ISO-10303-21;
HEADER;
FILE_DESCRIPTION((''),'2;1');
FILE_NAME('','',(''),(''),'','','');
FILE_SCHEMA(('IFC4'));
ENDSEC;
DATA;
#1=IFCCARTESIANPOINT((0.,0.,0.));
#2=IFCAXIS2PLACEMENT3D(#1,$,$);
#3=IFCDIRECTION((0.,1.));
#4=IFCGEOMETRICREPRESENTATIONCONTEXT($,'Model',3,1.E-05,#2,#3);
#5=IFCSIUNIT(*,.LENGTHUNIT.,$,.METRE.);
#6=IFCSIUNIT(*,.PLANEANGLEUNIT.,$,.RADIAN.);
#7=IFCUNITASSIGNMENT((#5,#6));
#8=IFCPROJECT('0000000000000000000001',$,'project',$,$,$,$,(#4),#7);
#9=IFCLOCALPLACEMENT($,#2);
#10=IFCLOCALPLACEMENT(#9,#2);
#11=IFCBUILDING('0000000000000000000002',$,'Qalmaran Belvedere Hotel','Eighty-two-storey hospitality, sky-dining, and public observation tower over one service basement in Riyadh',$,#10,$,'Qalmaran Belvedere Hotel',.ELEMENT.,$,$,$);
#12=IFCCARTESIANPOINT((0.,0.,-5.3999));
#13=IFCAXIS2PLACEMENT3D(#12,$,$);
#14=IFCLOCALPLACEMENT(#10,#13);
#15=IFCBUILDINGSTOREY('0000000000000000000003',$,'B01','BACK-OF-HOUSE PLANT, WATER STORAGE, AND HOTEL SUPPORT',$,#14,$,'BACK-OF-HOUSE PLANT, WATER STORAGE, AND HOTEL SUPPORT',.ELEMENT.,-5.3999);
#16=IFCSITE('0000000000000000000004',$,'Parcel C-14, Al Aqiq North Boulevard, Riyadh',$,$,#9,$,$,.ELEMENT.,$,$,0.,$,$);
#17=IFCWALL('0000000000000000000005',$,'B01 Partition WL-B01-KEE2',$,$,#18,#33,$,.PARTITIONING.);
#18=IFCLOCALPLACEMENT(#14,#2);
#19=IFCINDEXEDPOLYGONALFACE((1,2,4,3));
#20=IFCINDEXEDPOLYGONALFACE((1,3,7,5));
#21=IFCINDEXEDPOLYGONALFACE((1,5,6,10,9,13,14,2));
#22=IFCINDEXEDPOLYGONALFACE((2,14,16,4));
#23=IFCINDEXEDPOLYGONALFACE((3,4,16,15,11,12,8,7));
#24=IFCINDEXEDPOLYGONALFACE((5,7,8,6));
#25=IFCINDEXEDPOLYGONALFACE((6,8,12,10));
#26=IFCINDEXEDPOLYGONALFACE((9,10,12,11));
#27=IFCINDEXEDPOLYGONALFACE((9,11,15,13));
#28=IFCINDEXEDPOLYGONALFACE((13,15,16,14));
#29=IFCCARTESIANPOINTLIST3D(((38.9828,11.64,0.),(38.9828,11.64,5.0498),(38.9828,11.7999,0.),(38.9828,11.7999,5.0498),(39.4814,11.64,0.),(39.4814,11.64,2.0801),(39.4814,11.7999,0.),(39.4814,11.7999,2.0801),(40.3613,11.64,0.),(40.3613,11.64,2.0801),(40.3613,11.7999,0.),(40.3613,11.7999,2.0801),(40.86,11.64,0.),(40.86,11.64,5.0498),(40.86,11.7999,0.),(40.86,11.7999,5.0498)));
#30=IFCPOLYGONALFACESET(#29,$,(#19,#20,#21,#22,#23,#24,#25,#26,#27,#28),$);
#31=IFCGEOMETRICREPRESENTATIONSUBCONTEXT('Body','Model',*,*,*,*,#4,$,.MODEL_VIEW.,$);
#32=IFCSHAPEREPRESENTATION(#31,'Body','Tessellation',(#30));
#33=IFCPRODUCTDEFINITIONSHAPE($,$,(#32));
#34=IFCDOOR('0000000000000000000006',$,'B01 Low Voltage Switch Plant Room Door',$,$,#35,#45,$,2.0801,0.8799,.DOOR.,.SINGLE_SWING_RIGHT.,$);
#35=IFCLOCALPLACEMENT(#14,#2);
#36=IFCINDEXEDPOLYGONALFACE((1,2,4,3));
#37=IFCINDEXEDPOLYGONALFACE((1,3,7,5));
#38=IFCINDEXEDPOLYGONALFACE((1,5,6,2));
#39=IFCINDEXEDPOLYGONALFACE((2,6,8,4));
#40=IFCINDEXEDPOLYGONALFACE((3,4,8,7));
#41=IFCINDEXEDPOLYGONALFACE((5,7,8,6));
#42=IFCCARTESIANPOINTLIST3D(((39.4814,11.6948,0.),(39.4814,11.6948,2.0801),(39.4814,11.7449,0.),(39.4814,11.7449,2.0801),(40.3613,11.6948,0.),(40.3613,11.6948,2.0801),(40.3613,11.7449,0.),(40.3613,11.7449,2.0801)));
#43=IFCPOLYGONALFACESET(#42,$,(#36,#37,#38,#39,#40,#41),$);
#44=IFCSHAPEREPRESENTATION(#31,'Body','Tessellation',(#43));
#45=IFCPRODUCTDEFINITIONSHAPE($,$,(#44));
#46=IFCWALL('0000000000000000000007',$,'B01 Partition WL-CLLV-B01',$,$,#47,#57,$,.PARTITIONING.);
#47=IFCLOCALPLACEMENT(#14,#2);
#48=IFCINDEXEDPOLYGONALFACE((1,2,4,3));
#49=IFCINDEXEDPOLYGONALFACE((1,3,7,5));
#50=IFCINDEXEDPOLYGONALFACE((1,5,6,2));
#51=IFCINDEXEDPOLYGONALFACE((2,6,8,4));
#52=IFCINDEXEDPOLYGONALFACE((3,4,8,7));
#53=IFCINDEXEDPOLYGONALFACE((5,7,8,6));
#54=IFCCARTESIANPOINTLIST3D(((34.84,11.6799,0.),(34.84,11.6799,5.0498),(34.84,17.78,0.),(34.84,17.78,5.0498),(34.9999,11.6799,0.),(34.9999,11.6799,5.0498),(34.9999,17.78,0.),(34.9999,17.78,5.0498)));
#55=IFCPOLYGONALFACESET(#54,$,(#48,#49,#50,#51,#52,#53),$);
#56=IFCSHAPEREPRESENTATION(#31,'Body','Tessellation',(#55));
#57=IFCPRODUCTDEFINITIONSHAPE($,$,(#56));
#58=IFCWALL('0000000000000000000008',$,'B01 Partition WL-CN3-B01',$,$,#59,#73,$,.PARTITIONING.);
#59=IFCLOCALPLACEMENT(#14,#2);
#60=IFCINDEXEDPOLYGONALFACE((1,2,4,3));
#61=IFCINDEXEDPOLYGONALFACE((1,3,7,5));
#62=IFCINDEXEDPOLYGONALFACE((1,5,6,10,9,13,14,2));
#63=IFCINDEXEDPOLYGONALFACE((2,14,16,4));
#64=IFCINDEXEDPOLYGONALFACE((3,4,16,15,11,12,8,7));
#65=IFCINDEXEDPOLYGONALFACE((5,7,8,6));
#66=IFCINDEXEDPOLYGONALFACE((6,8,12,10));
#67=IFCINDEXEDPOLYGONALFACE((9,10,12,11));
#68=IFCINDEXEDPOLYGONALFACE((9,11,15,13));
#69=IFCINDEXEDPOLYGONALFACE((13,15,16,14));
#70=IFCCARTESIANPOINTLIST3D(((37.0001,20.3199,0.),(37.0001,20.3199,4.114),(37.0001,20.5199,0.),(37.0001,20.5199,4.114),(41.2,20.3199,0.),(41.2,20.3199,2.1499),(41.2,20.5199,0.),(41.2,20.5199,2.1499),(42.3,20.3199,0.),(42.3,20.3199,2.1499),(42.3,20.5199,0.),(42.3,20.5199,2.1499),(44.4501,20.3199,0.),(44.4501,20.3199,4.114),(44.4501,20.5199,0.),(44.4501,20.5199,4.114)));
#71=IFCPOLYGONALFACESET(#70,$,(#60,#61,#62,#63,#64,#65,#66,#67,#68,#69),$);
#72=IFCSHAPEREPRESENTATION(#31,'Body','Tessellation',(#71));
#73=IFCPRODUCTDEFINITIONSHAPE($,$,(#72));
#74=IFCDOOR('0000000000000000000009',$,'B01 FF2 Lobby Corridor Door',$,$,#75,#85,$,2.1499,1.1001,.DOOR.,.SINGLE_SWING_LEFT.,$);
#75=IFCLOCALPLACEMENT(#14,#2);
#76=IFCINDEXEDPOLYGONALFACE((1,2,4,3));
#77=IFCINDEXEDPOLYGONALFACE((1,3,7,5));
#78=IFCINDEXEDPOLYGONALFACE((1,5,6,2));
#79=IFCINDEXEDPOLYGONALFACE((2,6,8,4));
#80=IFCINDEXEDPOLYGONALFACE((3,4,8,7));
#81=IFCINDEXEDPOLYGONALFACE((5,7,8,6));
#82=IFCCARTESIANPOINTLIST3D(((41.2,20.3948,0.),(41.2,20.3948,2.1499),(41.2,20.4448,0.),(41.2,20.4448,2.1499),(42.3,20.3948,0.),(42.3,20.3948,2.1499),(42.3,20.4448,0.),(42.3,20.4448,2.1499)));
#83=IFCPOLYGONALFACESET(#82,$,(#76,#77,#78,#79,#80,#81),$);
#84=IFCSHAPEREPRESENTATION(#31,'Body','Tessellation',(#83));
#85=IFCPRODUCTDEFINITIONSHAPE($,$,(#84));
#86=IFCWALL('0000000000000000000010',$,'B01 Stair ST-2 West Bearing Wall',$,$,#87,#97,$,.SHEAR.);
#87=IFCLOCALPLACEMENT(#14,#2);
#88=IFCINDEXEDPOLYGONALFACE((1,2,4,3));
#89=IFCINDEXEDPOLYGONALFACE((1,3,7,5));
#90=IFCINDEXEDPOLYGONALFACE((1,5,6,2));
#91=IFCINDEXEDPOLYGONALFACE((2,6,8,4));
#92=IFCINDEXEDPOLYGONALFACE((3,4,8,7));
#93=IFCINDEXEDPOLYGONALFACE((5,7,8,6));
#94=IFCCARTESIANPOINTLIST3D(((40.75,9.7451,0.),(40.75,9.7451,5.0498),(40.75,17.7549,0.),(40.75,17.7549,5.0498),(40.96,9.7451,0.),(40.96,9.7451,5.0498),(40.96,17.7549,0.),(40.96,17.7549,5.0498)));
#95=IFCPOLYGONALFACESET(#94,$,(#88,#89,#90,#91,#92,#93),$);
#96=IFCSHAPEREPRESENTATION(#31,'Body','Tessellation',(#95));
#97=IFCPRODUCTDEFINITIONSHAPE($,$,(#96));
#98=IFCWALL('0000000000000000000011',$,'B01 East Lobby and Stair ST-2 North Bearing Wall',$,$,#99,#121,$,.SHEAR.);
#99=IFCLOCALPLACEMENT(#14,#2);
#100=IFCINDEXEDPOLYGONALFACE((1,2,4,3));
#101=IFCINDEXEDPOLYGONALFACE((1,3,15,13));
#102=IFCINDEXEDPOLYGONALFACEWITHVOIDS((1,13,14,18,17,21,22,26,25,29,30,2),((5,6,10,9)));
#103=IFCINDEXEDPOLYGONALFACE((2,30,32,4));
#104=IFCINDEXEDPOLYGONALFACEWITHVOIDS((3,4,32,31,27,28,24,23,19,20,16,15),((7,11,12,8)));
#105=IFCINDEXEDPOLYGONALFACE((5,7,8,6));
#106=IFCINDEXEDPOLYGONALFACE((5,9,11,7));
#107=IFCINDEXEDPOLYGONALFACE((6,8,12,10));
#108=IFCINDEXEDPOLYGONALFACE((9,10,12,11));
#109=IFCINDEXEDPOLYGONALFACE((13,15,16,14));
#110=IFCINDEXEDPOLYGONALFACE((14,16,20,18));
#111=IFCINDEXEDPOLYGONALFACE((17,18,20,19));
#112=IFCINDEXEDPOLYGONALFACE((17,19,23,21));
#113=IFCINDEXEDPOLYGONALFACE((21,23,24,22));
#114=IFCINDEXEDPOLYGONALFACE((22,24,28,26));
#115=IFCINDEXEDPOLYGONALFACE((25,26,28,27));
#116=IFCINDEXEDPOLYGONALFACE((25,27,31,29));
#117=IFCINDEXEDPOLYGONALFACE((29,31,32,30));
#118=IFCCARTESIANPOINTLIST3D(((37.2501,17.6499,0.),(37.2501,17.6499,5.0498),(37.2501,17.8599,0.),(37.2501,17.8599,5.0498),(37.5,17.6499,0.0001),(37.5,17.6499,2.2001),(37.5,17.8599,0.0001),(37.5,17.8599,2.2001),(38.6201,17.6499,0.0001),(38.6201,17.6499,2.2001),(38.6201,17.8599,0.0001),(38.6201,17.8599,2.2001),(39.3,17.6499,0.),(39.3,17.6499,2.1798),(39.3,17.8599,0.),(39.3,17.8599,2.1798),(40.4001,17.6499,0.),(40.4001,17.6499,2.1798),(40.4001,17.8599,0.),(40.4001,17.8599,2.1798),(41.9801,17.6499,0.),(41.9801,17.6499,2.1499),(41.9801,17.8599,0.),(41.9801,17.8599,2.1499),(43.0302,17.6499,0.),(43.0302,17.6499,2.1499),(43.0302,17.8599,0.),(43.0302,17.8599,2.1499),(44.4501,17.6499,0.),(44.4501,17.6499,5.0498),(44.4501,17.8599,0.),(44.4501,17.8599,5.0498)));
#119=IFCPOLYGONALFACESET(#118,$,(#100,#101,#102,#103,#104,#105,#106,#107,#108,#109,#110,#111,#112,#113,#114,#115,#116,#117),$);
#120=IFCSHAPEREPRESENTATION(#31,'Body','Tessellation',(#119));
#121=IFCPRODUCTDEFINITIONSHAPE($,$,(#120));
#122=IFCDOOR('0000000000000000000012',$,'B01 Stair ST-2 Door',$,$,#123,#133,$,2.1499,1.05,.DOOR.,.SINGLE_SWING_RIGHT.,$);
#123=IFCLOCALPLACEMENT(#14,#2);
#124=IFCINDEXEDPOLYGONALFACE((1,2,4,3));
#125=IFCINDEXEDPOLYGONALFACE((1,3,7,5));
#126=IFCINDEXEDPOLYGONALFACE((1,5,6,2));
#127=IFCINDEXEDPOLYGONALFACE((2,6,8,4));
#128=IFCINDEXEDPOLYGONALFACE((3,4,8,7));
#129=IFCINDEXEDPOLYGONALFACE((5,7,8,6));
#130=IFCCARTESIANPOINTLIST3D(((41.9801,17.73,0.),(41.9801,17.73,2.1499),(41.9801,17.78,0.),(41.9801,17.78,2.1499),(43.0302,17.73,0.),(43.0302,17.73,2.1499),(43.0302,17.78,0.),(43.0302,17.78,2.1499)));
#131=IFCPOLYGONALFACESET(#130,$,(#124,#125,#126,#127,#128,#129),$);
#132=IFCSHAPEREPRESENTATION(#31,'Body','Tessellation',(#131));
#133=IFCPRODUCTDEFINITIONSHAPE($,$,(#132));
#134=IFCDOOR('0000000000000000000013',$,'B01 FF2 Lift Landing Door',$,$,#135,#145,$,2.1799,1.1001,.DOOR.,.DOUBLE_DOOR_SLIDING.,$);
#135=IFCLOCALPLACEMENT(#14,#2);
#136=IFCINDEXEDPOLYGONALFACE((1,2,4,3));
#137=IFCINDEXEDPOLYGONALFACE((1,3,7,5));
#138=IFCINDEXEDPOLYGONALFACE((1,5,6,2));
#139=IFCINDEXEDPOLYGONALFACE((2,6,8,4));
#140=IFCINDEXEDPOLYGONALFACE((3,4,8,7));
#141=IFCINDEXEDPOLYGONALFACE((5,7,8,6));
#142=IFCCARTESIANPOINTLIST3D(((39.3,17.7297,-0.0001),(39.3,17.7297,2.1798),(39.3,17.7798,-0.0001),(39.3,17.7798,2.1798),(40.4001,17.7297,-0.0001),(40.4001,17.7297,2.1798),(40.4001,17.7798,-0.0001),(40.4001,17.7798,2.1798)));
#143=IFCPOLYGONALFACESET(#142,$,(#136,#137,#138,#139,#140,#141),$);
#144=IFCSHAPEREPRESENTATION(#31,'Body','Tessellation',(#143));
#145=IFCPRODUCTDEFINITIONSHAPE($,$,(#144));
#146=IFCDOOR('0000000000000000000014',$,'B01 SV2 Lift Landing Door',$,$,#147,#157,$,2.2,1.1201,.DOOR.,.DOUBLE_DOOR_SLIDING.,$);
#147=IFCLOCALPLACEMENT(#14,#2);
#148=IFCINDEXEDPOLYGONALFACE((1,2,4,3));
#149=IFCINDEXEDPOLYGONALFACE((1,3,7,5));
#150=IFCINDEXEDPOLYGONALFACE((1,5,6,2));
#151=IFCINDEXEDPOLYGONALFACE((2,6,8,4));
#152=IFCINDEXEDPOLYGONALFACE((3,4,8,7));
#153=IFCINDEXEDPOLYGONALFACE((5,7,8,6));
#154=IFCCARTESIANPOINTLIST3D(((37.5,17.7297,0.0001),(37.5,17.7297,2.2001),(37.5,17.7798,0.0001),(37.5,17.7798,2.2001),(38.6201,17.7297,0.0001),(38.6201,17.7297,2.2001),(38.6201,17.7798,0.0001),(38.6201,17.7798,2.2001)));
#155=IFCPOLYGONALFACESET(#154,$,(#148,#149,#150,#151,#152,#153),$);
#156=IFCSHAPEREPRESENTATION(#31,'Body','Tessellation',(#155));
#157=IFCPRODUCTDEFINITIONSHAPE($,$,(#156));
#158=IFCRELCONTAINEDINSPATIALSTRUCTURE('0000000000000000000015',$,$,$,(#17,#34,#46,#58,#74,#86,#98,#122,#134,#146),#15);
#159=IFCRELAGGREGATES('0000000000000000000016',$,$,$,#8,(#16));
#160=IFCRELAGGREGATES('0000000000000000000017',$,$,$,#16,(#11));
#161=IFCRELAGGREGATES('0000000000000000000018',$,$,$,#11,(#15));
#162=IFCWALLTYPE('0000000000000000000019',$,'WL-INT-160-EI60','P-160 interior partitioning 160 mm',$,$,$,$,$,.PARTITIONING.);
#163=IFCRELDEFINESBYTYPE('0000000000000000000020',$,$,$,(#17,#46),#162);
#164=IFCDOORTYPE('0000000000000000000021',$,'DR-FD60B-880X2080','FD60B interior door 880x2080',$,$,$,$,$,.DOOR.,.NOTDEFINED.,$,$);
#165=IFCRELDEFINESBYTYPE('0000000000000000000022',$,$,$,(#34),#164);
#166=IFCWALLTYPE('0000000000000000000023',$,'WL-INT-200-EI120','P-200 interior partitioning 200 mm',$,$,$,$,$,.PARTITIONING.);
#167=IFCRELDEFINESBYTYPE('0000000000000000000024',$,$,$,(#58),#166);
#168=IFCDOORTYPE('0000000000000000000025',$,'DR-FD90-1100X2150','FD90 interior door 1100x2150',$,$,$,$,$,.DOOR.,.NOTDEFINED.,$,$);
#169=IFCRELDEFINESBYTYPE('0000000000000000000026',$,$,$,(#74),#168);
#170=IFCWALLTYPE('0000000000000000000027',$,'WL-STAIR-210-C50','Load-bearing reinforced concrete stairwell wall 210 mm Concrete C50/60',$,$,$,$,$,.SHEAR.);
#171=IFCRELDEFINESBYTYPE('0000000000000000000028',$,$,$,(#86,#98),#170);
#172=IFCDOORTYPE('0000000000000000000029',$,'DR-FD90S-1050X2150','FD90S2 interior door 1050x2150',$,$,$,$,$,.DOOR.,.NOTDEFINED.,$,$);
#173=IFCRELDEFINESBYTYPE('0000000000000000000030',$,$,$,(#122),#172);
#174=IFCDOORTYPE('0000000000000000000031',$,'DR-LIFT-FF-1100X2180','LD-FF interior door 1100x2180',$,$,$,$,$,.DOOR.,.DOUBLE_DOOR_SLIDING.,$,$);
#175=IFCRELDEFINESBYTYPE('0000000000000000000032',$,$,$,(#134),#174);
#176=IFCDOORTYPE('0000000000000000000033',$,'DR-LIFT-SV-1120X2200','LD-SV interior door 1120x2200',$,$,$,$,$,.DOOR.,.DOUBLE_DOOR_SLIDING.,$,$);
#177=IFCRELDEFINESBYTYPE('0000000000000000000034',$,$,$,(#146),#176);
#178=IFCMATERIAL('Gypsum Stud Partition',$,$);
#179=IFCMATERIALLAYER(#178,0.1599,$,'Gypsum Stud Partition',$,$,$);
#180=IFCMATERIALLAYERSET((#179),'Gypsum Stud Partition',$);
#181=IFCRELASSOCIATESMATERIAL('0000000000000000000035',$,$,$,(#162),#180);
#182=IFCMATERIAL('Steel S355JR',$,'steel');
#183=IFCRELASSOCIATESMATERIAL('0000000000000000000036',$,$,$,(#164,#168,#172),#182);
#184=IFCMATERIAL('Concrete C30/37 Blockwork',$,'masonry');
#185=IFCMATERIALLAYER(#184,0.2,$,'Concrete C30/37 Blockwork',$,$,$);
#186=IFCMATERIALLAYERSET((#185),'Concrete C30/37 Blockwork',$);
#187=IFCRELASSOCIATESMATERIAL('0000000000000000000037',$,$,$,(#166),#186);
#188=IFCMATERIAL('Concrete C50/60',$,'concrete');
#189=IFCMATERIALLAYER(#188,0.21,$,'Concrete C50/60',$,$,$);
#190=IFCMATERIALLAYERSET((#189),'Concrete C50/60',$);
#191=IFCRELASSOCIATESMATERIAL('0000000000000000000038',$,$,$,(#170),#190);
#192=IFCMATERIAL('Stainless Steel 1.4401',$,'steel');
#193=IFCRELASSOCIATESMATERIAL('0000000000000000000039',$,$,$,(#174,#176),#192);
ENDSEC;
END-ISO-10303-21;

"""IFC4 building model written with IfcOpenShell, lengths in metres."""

from ifc_helpers import new_model, si_unit, direction, frame, frame_2d, origin, place, context, subcontext, project, spatial, rectangle, extrude, material, layer, layer_set, type_object, element, fill, save


model = new_model("IFC4")

# Units and contexts
model_context = context("Model", 3, precision=1e-05, world=origin(), true_north=direction((0.0, 1.0)))
body_context = subcontext(model_context, "Body", "Model", "MODEL_VIEW")
ifc_project = project(units=[si_unit("LENGTHUNIT", "METRE"), si_unit("PLANEANGLEUNIT", "RADIAN")], contexts=[model_context])

# Site, building, storey
site_placement = place(None, origin())
site = spatial("IfcSite", under=ifc_project, at=site_placement, Name="Parcel C-14, Al Aqiq North Boulevard, Riyadh", CompositionType="ELEMENT", RefElevation=0.0)
building_placement = place(site_placement, origin())
building = spatial("IfcBuilding", under=site, at=building_placement, Name="Qalmaran Belvedere Hotel", Description="Eighty-two-storey hospitality, sky-dining, and public observation tower over one service basement in Riyadh", LongName="Qalmaran Belvedere Hotel", CompositionType="ELEMENT")
storey_placement = place(building_placement, frame((0.0, 0.0, -5.3999)))
storey = spatial("IfcBuildingStorey", under=building, at=storey_placement, Name="B01", Description="BACK-OF-HOUSE PLANT, WATER STORAGE, AND HOTEL SUPPORT", LongName="BACK-OF-HOUSE PLANT, WATER STORAGE, AND HOTEL SUPPORT", CompositionType="ELEMENT", Elevation=-5.3999)

# Shared definitions
ifc_material_1 = material(Name="Concrete C50/60", Category="concrete")

# Shared definitions
ifc_material_2 = material(Name="Gypsum Stud Partition")

# Wall, opening, door
ifc_layer_1 = layer(ifc_material_2, 0.1599, Name="Gypsum Stud Partition")
ifc_layer_set_1 = layer_set([ifc_layer_1], Name="Gypsum Stud Partition")
wall_type_1 = type_object("IfcWallType", Name="WL-INT-160-EI60", Description="P-160 interior partitioning 160 mm", PredefinedType="PARTITIONING", material=ifc_layer_set_1)
ifc_material_3 = material(Name="Steel S355JR", Category="steel")
door_type_1 = type_object("IfcDoorType", Name="DR-FD60B-880X2080", Description="FD60B interior door 880x2080", OperationType="NOTDEFINED", PredefinedType="DOOR", material=ifc_material_3)
wall_1_placement = place(storey_placement, frame((38.9829, 11.72, 0.0), z_axis=(0.0, 0.0, 1.0), x_axis=(1.0, 0.0, 0.0)))
wall_1 = element("IfcWall", 1, at=wall_1_placement, inside=storey, type_object=wall_type_1, Name="B01 Partition WL-B01-KEE2", PredefinedType="PARTITIONING", context=body_context, shape_type="SweptSolid", body=[
    extrude(rectangle(XDim=1.8772, YDim=0.1599, at=frame_2d((0.9385, 0.0))), origin(), (0.0, 0.0, 1.0), 5.0498),
])
opening_1_placement = place(wall_1_placement, frame((0.4985, 0.0, 0.0)))
opening_1 = element("IfcOpeningElement", 2, at=opening_1_placement, cuts=wall_1, PredefinedType="OPENING", context=body_context, shape_type="SweptSolid", body=[
    extrude(rectangle(XDim=0.8799, YDim=2.0801, at=frame_2d((0.4399, 1.04))), frame((0.0, 0.0898, 0.0), z_axis=(0.0, -1.0, 0.0), x_axis=(1.0, 0.0, 0.0)), (0.0, 0.0, 1.0), 0.1799),
])
door_1_placement = place(opening_1_placement, origin())
door_1 = element("IfcDoor", 3, at=door_1_placement, inside=storey, type_object=door_type_1, Name="B01 Low Voltage Switch Plant Room Door", OperationType="SINGLE_SWING_RIGHT", OverallHeight=2.0801, OverallWidth=0.8799, PredefinedType="DOOR", context=body_context, shape_type="SweptSolid", body=[
    extrude(rectangle(XDim=0.8799, YDim=2.0801, at=frame_2d((0.4399, 1.04))), frame((0.0, 0.0249, 0.0), z_axis=(0.0, -1.0, 0.0), x_axis=(1.0, 0.0, 0.0)), (0.0, 0.0, 1.0), 0.05),
])
fill(opening_1, door_1)

# Wall
wall_2_placement = place(storey_placement, frame((34.9199, 11.6799, 0.0), z_axis=(0.0, 0.0, 1.0), x_axis=(0.0, 1.0, 0.0)))
element("IfcWall", 4, at=wall_2_placement, inside=storey, type_object=wall_type_1, Name="B01 Partition WL-CLLV-B01", PredefinedType="PARTITIONING", context=body_context, shape_type="SweptSolid", body=[
    extrude(rectangle(XDim=6.1001, YDim=0.1599, at=frame_2d((3.05, 0.0))), origin(), (0.0, 0.0, 1.0), 5.0498),
])

# Wall, opening, door
ifc_material_4 = material(Name="Concrete C30/37 Blockwork", Category="masonry")
ifc_layer_2 = layer(ifc_material_4, 0.2, Name="Concrete C30/37 Blockwork")
ifc_layer_set_2 = layer_set([ifc_layer_2], Name="Concrete C30/37 Blockwork")
wall_type_2 = type_object("IfcWallType", Name="WL-INT-200-EI120", Description="P-200 interior partitioning 200 mm", PredefinedType="PARTITIONING", material=ifc_layer_set_2)
wall_3_placement = place(storey_placement, frame((37.0, 20.4199, 0.0), z_axis=(0.0, 0.0, 1.0), x_axis=(1.0, 0.0, 0.0)))
wall_3 = element("IfcWall", 5, at=wall_3_placement, inside=storey, type_object=wall_type_2, Name="B01 Partition WL-CN3-B01", PredefinedType="PARTITIONING", context=body_context, shape_type="SweptSolid", body=[
    extrude(rectangle(XDim=7.45, YDim=0.2, at=frame_2d((3.7251, 0.0))), origin(), (0.0, 0.0, 1.0), 4.114),
])
opening_2_placement = place(wall_3_placement, frame((4.2, 0.0, 0.0)))
opening_2 = element("IfcOpeningElement", 6, at=opening_2_placement, cuts=wall_3, PredefinedType="OPENING", context=body_context, shape_type="SweptSolid", body=[
    extrude(rectangle(XDim=1.1001, YDim=2.1499, at=frame_2d((0.55, 1.075))), frame((0.0, 0.1099, 0.0), z_axis=(0.0, -1.0, 0.0), x_axis=(1.0, 0.0, 0.0)), (0.0, 0.0, 1.0), 0.22),
])
door_type_2 = type_object("IfcDoorType", Name="DR-FD90-1100X2150", Description="FD90 interior door 1100x2150", OperationType="NOTDEFINED", PredefinedType="DOOR", material=ifc_material_3)
door_2_placement = place(opening_2_placement, origin())
door_2 = element("IfcDoor", 7, at=door_2_placement, inside=storey, type_object=door_type_2, Name="B01 FF2 Lobby Corridor Door", OperationType="SINGLE_SWING_LEFT", OverallHeight=2.1499, OverallWidth=1.1001, PredefinedType="DOOR", context=body_context, shape_type="SweptSolid", body=[
    extrude(rectangle(XDim=1.1001, YDim=2.1499, at=frame_2d((0.55, 1.075))), frame((0.0, 0.0249, 0.0), z_axis=(0.0, -1.0, 0.0), x_axis=(1.0, 0.0, 0.0)), (0.0, 0.0, 1.0), 0.05),
])
fill(opening_2, door_2)

# Wall
ifc_layer_3 = layer(ifc_material_1, 0.21, Name="Concrete C50/60")
ifc_layer_set_3 = layer_set([ifc_layer_3], Name="Concrete C50/60")
wall_type_3 = type_object("IfcWallType", Name="WL-STAIR-210-C50", Description="Load-bearing reinforced concrete stairwell wall 210 mm Concrete C50/60", PredefinedType="SHEAR", material=ifc_layer_set_3)
wall_4_placement = place(storey_placement, frame((40.855, 9.7451, 0.0), z_axis=(0.0, 0.0, 1.0), x_axis=(0.0, 1.0, 0.0)))
element("IfcWall", 8, at=wall_4_placement, inside=storey, type_object=wall_type_3, Name="B01 Stair ST-2 West Bearing Wall", PredefinedType="SHEAR", context=body_context, shape_type="SweptSolid", body=[
    extrude(rectangle(XDim=8.0098, YDim=0.21, at=frame_2d((4.0049, 0.0))), origin(), (0.0, 0.0, 1.0), 5.0498),
])

# Wall, openings, doors
wall_5_placement = place(storey_placement, frame((37.25, 17.7549, 0.0), z_axis=(0.0, 0.0, 1.0), x_axis=(1.0, 0.0, 0.0)))
wall_5 = element("IfcWall", 9, at=wall_5_placement, inside=storey, type_object=wall_type_3, Name="B01 East Lobby and Stair ST-2 North Bearing Wall", PredefinedType="SHEAR", context=body_context, shape_type="SweptSolid", body=[
    extrude(rectangle(XDim=7.2, YDim=0.21, at=frame_2d((3.6001, 0.0))), origin(), (0.0, 0.0, 1.0), 5.0498),
])
opening_3_placement = place(wall_5_placement, frame((0.25, 0.0, 0.0)))
opening_3 = element("IfcOpeningElement", 10, at=opening_3_placement, cuts=wall_5, PredefinedType="OPENING", context=body_context, shape_type="SweptSolid", body=[
    extrude(rectangle(XDim=1.1201, YDim=2.2, at=frame_2d((0.5601, 1.1001))), frame((0.0, 0.115, 0.0), z_axis=(0.0, -1.0, 0.0), x_axis=(1.0, 0.0, 0.0)), (0.0, 0.0, 1.0), 0.23),
])
opening_4_placement = place(wall_5_placement, frame((2.05, 0.0, 0.0)))
opening_4 = element("IfcOpeningElement", 11, at=opening_4_placement, cuts=wall_5, PredefinedType="OPENING", context=body_context, shape_type="SweptSolid", body=[
    extrude(rectangle(XDim=1.1001, YDim=2.1799, at=frame_2d((0.55, 1.0898))), frame((0.0, 0.115, 0.0), z_axis=(0.0, -1.0, 0.0), x_axis=(1.0, 0.0, 0.0)), (0.0, 0.0, 1.0), 0.23),
])
opening_5_placement = place(wall_5_placement, frame((5.78, 0.0, 0.0), z_axis=(0.0, 0.0, 1.0), x_axis=(-1.0, 0.0, 0.0)))
opening_5 = element("IfcOpeningElement", 12, at=opening_5_placement, cuts=wall_5, PredefinedType="OPENING", context=body_context, shape_type="SweptSolid", body=[
    extrude(rectangle(XDim=1.05, YDim=2.1499, at=frame_2d((0.5249, 1.075))), frame((0.0, 0.115, 0.0), z_axis=(0.0, -1.0, 0.0), x_axis=(1.0, 0.0, 0.0)), (0.0, 0.0, 1.0), 0.23),
])
door_type_3 = type_object("IfcDoorType", Name="DR-FD90S-1050X2150", Description="FD90S2 interior door 1050x2150", OperationType="NOTDEFINED", PredefinedType="DOOR", material=ifc_material_3)
door_3_placement = place(opening_5_placement, origin())
door_3 = element("IfcDoor", 13, at=door_3_placement, inside=storey, type_object=door_type_3, Name="B01 Stair ST-2 Door", OperationType="SINGLE_SWING_RIGHT", OverallHeight=2.1499, OverallWidth=1.05, PredefinedType="DOOR", context=body_context, shape_type="SweptSolid", body=[
    extrude(rectangle(XDim=1.05, YDim=2.1499, at=frame_2d((0.5249, 1.075))), frame((0.0, 0.0249, 0.0), z_axis=(0.0, -1.0, 0.0), x_axis=(1.0, 0.0, 0.0)), (0.0, 0.0, 1.0), 0.05),
])
fill(opening_5, door_3)
ifc_material_5 = material(Name="Stainless Steel 1.4401", Category="steel")
door_type_4 = type_object("IfcDoorType", Name="DR-LIFT-FF-1100X2180", Description="LD-FF interior door 1100x2180", OperationType="DOUBLE_DOOR_SLIDING", PredefinedType="DOOR", material=ifc_material_5)
door_4_placement = place(opening_4_placement, origin())
door_4 = element("IfcDoor", 14, at=door_4_placement, inside=storey, type_object=door_type_4, Name="B01 FF2 Lift Landing Door", OperationType="DOUBLE_DOOR_SLIDING", OverallHeight=2.1799, OverallWidth=1.1001, PredefinedType="DOOR", context=body_context, shape_type="SweptSolid", body=[
    extrude(rectangle(XDim=1.1001, YDim=2.1799, at=frame_2d((0.55, 1.0898))), frame((0.0, 0.0249, 0.0), z_axis=(0.0, -1.0, 0.0), x_axis=(1.0, 0.0, 0.0)), (0.0, 0.0, 1.0), 0.05),
])
fill(opening_4, door_4)
door_type_5 = type_object("IfcDoorType", Name="DR-LIFT-SV-1120X2200", Description="LD-SV interior door 1120x2200", OperationType="DOUBLE_DOOR_SLIDING", PredefinedType="DOOR", material=ifc_material_5)
door_5_placement = place(opening_3_placement, origin())
door_5 = element("IfcDoor", 15, at=door_5_placement, inside=storey, type_object=door_type_5, Name="B01 SV2 Lift Landing Door", OperationType="DOUBLE_DOOR_SLIDING", OverallHeight=2.2, OverallWidth=1.1201, PredefinedType="DOOR", context=body_context, shape_type="SweptSolid", body=[
    extrude(rectangle(XDim=1.1201, YDim=2.2, at=frame_2d((0.5601, 1.1001))), frame((0.0, 0.0249, 0.0), z_axis=(0.0, -1.0, 0.0), x_axis=(1.0, 0.0, 0.0)), (0.0, 0.0, 1.0), 0.05),
])
fill(opening_3, door_5)

save(model, "model.ifc")
